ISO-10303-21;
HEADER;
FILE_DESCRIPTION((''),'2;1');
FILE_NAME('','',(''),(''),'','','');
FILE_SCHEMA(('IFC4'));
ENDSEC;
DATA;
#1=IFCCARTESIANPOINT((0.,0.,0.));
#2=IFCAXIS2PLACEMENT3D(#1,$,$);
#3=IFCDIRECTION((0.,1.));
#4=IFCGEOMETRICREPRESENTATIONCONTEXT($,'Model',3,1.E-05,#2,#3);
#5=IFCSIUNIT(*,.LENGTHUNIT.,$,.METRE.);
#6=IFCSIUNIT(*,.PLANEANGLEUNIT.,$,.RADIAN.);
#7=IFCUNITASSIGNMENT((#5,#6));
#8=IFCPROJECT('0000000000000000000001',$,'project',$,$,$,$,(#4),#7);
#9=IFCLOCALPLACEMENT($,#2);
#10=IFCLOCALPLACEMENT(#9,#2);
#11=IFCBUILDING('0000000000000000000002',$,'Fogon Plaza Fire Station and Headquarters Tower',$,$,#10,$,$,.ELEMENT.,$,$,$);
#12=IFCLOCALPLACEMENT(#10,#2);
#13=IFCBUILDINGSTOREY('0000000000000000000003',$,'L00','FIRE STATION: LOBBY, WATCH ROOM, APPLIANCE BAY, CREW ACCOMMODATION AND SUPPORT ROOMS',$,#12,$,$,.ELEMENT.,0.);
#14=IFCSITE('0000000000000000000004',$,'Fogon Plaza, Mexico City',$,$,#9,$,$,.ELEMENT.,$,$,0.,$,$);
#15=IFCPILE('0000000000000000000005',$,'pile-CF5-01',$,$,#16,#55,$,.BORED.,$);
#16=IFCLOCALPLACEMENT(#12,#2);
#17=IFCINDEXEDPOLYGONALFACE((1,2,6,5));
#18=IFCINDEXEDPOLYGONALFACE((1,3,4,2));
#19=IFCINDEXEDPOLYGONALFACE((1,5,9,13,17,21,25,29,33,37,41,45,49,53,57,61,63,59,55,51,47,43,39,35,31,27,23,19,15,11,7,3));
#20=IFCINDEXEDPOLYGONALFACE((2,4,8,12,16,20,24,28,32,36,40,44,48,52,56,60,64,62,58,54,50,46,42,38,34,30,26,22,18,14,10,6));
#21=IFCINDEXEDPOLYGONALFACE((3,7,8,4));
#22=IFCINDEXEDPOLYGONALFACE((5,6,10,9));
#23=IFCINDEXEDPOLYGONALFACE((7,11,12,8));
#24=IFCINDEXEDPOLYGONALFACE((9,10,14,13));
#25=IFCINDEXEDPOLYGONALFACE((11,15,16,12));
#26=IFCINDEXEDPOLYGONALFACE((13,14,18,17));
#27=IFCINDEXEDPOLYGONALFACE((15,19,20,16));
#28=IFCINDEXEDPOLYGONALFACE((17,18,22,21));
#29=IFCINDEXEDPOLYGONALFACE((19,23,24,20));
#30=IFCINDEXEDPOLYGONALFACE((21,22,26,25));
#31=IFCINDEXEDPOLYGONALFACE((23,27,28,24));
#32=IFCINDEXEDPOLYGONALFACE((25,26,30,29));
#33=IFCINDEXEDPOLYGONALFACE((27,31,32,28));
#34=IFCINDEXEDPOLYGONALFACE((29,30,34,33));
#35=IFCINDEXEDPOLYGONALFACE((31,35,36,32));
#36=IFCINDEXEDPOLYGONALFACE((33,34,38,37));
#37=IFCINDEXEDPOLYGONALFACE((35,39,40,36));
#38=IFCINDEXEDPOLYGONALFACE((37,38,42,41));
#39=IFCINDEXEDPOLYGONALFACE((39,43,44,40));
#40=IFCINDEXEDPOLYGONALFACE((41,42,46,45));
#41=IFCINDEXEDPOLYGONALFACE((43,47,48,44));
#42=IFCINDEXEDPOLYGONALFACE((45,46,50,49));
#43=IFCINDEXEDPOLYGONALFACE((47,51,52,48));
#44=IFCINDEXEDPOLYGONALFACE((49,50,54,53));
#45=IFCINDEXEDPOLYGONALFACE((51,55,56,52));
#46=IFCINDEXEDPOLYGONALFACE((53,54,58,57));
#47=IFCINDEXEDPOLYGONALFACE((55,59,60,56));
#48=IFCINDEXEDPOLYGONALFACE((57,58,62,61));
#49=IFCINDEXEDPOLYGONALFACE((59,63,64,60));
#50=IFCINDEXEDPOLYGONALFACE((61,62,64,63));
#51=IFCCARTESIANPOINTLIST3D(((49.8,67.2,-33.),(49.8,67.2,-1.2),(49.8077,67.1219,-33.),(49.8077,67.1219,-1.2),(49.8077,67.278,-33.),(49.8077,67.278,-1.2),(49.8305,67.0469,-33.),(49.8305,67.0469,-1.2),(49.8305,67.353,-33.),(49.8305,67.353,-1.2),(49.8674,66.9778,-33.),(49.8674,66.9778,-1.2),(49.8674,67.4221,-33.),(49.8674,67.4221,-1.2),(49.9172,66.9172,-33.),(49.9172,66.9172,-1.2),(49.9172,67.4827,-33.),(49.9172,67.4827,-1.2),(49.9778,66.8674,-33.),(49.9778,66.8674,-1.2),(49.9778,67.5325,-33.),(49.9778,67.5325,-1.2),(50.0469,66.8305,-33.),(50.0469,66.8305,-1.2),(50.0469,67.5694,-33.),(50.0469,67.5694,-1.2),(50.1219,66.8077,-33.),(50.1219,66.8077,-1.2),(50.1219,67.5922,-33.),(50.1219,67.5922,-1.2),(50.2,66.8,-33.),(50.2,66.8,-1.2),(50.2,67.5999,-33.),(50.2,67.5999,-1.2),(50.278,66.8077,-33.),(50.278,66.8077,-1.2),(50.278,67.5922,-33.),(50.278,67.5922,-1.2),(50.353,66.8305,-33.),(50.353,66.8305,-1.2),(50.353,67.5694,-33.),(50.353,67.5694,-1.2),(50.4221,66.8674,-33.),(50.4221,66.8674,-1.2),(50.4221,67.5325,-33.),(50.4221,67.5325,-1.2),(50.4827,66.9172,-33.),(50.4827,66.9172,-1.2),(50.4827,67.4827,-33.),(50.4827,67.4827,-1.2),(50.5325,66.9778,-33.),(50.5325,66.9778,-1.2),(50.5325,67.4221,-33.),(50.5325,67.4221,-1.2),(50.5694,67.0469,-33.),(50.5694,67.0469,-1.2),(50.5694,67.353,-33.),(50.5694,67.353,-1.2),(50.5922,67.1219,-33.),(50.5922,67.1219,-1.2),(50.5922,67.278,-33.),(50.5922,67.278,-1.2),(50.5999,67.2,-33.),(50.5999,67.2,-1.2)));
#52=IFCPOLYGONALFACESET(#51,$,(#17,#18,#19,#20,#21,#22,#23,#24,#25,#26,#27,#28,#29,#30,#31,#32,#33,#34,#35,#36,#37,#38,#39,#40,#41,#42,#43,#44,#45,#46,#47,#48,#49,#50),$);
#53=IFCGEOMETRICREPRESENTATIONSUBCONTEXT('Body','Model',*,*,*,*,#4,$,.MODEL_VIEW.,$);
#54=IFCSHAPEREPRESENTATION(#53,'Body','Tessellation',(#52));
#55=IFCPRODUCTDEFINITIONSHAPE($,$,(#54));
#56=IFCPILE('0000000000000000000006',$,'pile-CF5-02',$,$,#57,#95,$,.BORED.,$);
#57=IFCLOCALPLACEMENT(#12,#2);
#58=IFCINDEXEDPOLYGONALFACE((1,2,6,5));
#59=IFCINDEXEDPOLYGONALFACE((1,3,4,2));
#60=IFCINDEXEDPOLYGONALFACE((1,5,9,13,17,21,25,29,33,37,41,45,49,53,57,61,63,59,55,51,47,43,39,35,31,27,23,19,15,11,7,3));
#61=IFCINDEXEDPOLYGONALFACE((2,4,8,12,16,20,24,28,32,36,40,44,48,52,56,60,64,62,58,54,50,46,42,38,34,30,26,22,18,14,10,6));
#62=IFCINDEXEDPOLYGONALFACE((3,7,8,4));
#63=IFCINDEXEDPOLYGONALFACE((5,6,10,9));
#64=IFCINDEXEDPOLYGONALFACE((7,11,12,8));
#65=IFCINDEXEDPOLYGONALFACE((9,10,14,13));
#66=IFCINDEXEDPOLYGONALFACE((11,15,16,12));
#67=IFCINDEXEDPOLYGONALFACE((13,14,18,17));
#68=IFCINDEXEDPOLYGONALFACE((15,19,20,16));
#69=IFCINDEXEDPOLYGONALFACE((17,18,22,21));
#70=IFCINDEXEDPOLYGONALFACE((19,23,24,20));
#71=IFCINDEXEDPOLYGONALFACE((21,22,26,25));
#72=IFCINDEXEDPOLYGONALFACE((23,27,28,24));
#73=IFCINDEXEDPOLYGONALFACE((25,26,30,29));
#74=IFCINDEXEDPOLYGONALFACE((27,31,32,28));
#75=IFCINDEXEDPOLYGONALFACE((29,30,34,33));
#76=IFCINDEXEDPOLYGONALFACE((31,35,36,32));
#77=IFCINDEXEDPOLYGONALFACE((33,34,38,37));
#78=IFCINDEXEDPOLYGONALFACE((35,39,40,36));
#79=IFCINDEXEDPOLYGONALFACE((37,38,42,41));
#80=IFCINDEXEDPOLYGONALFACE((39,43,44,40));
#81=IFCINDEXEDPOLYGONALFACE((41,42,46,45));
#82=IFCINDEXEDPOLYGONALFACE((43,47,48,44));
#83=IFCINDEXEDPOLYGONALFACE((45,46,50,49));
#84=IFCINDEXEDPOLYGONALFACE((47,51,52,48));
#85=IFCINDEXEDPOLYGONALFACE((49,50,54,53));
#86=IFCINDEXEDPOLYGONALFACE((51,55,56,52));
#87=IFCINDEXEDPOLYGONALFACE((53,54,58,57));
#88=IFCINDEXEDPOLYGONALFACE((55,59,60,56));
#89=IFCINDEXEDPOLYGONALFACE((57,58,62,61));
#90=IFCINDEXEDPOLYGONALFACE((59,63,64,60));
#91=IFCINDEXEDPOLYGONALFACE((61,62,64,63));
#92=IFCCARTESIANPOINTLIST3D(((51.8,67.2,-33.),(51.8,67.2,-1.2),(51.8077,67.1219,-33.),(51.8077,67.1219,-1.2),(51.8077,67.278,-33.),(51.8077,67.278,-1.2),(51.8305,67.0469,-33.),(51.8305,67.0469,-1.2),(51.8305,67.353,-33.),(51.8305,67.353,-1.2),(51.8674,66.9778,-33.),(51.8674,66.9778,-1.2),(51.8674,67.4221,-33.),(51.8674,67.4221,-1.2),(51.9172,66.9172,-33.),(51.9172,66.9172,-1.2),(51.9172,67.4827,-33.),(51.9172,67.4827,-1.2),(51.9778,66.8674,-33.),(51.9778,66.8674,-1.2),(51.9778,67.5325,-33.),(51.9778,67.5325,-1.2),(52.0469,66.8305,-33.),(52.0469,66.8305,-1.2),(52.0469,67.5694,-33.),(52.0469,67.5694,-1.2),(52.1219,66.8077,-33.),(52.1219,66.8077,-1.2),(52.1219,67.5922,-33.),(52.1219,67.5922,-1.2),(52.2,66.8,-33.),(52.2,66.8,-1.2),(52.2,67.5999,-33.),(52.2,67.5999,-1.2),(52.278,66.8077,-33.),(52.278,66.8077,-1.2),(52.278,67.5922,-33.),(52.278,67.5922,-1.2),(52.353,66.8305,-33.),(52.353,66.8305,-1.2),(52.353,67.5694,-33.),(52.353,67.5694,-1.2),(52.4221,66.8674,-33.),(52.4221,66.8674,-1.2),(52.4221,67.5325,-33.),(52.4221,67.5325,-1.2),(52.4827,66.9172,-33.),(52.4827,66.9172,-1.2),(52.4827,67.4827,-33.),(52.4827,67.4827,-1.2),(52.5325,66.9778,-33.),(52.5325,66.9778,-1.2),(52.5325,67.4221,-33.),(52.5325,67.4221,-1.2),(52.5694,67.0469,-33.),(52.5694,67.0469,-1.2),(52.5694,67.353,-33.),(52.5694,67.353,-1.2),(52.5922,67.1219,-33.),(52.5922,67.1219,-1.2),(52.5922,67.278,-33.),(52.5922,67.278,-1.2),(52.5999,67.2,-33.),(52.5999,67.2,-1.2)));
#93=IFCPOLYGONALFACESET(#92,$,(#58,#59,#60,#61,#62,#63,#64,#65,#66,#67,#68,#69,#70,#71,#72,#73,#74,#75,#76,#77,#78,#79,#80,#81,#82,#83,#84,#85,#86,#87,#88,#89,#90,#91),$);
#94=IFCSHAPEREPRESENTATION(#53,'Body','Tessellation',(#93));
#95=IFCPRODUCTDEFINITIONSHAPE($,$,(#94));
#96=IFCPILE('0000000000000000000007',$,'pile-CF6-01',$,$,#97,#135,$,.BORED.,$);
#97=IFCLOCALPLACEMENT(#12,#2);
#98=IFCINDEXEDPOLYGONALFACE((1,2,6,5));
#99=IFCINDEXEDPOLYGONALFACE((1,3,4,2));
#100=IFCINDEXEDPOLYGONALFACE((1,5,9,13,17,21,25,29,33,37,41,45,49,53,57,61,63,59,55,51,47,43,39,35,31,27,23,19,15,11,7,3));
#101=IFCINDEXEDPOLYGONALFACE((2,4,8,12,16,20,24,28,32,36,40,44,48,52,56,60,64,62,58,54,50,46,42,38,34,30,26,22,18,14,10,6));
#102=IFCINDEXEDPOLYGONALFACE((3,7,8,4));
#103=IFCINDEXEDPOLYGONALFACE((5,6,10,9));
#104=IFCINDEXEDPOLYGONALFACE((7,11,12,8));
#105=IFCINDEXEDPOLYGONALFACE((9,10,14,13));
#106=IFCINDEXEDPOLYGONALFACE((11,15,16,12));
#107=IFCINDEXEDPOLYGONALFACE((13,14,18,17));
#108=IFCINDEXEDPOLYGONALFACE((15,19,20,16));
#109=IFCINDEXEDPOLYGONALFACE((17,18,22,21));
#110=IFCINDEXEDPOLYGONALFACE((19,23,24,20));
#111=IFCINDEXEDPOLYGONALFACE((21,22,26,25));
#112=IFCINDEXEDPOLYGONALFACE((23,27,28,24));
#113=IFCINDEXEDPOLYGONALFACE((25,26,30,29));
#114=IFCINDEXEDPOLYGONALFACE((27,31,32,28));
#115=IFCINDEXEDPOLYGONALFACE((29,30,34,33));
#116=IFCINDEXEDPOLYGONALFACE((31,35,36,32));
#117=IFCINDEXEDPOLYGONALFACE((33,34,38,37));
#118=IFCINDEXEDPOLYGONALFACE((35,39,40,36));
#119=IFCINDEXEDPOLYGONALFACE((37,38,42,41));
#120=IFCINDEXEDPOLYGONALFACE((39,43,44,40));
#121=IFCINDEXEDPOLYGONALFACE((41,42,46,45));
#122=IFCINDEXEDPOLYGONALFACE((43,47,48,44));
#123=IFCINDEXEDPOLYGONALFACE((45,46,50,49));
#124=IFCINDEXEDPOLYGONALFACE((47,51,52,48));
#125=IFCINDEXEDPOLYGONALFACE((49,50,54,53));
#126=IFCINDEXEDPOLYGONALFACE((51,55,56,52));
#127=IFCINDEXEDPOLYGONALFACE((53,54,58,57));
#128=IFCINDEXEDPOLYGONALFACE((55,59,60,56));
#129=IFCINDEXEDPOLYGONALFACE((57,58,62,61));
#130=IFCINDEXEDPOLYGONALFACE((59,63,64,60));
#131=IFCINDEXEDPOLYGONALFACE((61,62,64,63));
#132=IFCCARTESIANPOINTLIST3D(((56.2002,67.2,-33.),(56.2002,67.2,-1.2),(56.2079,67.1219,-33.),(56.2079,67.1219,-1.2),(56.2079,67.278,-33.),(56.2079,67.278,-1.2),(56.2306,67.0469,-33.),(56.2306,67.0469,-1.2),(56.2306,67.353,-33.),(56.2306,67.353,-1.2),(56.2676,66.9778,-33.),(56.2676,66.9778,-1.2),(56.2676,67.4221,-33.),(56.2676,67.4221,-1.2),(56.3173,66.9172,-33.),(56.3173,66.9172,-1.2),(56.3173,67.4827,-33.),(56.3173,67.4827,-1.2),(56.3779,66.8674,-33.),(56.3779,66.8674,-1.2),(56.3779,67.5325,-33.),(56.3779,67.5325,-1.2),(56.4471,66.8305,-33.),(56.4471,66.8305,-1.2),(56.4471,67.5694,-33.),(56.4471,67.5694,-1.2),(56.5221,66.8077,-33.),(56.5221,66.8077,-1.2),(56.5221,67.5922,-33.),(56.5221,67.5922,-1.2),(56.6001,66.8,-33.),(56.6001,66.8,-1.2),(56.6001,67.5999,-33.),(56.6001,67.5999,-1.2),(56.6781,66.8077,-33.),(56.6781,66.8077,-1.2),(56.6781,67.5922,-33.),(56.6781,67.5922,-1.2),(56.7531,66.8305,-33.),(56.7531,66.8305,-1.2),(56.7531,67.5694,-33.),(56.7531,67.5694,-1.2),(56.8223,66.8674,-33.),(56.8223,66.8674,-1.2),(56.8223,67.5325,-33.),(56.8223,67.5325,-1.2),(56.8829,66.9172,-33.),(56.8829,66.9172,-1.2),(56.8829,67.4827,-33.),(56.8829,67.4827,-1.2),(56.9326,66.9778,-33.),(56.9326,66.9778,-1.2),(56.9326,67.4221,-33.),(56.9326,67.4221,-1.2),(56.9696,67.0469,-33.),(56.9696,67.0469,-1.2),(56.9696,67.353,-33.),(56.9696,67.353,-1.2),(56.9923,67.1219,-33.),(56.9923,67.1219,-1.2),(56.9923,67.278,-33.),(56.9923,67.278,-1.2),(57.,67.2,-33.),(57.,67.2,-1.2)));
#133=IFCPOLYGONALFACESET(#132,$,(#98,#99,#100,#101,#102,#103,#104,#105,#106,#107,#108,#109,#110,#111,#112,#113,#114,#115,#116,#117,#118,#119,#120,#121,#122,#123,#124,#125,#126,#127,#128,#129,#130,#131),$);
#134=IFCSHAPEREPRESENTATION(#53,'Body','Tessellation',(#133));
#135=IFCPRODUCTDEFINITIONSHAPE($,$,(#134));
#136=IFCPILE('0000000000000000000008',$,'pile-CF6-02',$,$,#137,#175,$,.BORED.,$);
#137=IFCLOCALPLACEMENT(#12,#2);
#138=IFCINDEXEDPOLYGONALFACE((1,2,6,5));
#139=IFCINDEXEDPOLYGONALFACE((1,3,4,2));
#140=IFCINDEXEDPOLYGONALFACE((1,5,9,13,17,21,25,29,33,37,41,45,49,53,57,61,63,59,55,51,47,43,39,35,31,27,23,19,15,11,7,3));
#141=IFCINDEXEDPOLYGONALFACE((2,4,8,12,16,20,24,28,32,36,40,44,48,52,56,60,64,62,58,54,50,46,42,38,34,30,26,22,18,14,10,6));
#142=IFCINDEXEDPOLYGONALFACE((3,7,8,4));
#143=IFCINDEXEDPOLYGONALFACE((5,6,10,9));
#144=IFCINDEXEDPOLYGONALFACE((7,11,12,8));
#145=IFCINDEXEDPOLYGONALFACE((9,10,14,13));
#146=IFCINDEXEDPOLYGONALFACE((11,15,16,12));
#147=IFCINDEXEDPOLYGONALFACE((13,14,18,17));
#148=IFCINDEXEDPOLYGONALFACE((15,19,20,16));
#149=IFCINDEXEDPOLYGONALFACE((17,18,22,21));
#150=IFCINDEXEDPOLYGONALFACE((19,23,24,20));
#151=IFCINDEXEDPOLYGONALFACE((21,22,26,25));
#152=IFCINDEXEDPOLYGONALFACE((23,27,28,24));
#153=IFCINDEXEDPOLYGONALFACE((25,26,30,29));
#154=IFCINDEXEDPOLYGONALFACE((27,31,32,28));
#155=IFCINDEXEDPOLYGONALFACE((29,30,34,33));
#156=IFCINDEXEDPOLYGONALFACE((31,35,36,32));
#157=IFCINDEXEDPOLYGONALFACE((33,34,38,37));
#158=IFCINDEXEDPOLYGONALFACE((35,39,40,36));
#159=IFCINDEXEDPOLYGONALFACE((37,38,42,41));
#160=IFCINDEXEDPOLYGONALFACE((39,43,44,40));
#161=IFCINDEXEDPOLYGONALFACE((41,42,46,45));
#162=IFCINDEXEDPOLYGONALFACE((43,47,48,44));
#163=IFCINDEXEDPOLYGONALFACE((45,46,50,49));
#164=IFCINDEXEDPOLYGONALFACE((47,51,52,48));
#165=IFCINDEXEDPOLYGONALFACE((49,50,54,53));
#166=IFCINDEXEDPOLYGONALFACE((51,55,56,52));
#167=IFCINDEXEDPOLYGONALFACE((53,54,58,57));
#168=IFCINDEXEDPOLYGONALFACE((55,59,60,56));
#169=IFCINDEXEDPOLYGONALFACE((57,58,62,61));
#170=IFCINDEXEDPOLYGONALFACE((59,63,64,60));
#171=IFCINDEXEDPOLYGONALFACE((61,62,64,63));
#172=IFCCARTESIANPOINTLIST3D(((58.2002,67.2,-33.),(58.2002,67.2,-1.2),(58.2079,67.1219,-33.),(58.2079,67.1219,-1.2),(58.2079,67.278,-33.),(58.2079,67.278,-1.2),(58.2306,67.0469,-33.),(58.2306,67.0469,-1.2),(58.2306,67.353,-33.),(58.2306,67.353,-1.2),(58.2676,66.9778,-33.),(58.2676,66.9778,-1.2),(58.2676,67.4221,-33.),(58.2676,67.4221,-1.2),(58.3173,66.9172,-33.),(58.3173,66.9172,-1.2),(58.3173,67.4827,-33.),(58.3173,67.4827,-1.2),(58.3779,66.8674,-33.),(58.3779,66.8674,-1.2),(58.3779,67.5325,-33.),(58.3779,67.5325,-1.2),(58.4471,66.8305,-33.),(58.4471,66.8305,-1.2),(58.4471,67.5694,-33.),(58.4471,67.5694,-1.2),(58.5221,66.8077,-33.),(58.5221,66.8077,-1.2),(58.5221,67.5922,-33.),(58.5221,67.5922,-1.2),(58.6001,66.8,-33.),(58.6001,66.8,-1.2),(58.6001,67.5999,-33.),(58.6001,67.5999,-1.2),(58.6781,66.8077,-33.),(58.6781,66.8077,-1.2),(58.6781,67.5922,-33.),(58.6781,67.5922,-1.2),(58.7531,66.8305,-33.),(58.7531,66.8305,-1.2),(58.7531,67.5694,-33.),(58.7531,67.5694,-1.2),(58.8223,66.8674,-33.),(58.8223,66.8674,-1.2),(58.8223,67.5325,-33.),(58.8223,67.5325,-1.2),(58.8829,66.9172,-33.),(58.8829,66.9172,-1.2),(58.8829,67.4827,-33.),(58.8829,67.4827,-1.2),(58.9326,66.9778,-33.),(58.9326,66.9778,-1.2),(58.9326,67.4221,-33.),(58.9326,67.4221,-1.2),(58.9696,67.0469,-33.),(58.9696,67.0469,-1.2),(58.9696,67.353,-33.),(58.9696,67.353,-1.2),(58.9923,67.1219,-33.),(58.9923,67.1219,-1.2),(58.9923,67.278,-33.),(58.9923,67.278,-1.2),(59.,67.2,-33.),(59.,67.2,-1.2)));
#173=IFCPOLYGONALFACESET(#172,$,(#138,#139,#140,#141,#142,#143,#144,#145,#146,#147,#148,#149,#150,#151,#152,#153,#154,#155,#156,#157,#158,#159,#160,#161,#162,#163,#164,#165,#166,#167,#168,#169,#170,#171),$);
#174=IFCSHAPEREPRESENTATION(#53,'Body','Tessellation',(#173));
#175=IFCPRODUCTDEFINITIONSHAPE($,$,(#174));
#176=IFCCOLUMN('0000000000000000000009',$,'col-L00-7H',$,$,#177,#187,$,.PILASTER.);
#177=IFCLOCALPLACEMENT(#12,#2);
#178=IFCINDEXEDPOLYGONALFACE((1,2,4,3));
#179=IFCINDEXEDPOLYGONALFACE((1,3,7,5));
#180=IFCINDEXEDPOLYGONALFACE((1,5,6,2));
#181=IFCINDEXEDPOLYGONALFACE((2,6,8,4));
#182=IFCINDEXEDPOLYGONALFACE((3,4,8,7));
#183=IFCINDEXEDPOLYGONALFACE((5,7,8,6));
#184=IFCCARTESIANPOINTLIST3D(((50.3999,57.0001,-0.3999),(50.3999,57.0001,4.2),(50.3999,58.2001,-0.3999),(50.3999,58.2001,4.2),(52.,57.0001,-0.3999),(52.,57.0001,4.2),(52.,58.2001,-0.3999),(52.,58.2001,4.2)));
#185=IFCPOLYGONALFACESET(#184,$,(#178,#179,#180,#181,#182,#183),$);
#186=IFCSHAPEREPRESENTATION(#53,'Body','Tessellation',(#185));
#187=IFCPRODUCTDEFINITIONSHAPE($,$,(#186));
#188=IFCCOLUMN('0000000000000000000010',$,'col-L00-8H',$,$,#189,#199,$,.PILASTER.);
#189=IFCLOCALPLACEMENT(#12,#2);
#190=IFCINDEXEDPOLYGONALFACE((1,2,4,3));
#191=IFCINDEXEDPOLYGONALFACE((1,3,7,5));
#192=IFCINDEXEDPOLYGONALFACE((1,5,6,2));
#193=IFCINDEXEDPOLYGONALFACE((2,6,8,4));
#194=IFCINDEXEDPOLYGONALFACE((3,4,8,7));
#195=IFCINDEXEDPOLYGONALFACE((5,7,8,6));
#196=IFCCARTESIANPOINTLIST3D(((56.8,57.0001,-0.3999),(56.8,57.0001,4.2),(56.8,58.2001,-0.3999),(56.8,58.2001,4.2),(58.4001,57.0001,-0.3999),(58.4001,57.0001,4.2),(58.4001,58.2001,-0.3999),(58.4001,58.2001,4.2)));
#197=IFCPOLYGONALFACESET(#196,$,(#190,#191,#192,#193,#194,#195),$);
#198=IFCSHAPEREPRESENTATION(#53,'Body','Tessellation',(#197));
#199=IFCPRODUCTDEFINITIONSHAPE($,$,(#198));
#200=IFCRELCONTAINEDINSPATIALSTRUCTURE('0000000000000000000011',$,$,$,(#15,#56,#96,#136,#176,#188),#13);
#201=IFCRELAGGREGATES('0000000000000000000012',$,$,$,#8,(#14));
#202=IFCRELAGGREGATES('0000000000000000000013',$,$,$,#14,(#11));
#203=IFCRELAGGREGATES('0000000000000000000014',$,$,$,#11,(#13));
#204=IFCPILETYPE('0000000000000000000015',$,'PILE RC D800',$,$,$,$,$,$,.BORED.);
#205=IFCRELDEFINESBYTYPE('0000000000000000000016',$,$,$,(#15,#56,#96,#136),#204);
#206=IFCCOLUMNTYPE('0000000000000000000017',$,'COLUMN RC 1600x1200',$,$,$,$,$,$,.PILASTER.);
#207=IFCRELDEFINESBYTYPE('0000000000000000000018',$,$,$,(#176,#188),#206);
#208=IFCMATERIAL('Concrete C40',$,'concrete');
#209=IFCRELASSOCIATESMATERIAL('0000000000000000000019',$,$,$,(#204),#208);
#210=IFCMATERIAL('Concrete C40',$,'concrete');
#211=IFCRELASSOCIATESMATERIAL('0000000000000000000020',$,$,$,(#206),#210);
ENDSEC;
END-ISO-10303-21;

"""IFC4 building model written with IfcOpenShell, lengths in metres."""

from ifc_helpers import new_model, si_unit, direction, frame, origin, origin_2d, place, context, subcontext, project, spatial, rectangle, circle, extrude, material, material_profile, profile_set, type_object, element, save


model = new_model("IFC4")

# Units and contexts
model_context = context("Model", 3, precision=1e-05, world=origin(), true_north=direction((0.0, 1.0)))
body_context = subcontext(model_context, "Body", "Model", "MODEL_VIEW")
ifc_project = project(units=[si_unit("LENGTHUNIT", "METRE"), si_unit("PLANEANGLEUNIT", "RADIAN")], contexts=[model_context])

# Site, building, storey
site_placement = place(None, origin())
site = spatial("IfcSite", under=ifc_project, at=site_placement, Name="Fogon Plaza, Mexico City", CompositionType="ELEMENT", RefElevation=0.0)
building_placement = place(site_placement, origin())
building = spatial("IfcBuilding", under=site, at=building_placement, Name="Fogon Plaza Fire Station and Headquarters Tower", CompositionType="ELEMENT")
storey_placement = place(building_placement, origin())
storey = spatial("IfcBuildingStorey", under=building, at=storey_placement, Name="L00", Description="FIRE STATION: LOBBY, WATCH ROOM, APPLIANCE BAY, CREW ACCOMMODATION AND SUPPORT ROOMS", CompositionType="ELEMENT", Elevation=0.0)

# Piles
ifc_material_1 = material(Name="Concrete C40", Category="concrete")
ifc_material_profile_1 = material_profile(ifc_material_1, circle(Radius=0.3999, at=origin_2d()), Name="RC D800")
ifc_profile_set_1 = profile_set([ifc_material_profile_1], Name="Concrete C40")
pile_type_1 = type_object("IfcPileType", Name="PILE RC D800", PredefinedType="BORED", material=ifc_profile_set_1)
for number, where, z_axis, x_axis, name in (
    (1, (50.2, 67.2, -1.2), (0.0, 0.0, -1.0), (1.0, 0.0, 0.0), "pile-CF5-01"),
    (2, (52.2, 67.2, -1.2), (0.0, 0.0, -1.0), (1.0, 0.0, 0.0), "pile-CF5-02"),
    (3, (56.6001, 67.2, -1.2), (0.0, 0.0, -1.0), (1.0, 0.0, 0.0), "pile-CF6-01"),
    (4, (58.6001, 67.2, -1.2), (0.0, 0.0, -1.0), (1.0, 0.0, 0.0), "pile-CF6-02"),
):
    element("IfcPile", number, at=place(storey_placement, frame(where, z_axis=z_axis, x_axis=x_axis)), inside=storey, type_object=pile_type_1, Name=name, PredefinedType="BORED", context=body_context, shape_type="SweptSolid", body=[
        extrude(circle(Radius=0.3999, at=origin_2d()), origin(), (0.0, 0.0, 1.0), 31.8),
    ])

# Columns
ifc_material_2 = material(Name="Concrete C40", Category="concrete")
ifc_material_profile_2 = material_profile(ifc_material_2, rectangle(XDim=1.6001, YDim=1.2, at=origin_2d()), Name="RC 1600x1200")
ifc_profile_set_2 = profile_set([ifc_material_profile_2], Name="Concrete C40")
column_type_1 = type_object("IfcColumnType", Name="COLUMN RC 1600x1200", PredefinedType="PILASTER", material=ifc_profile_set_2)
for number, where, z_axis, x_axis, name in (
    (5, (51.2, 57.6001, -0.3999), (0.0, 0.0, 1.0), (1.0, 0.0, 0.0), "col-L00-7H"),
    (6, (57.6001, 57.6001, -0.3999), (0.0, 0.0, 1.0), (1.0, 0.0, 0.0), "col-L00-8H"),
):
    element("IfcColumn", number, at=place(storey_placement, frame(where, z_axis=z_axis, x_axis=x_axis)), inside=storey, type_object=column_type_1, Name=name, PredefinedType="PILASTER", context=body_context, shape_type="SweptSolid", body=[
        extrude(rectangle(XDim=1.6001, YDim=1.2, at=origin_2d()), origin(), (0.0, 0.0, 1.0), 4.5999),
    ])

save(model, "model.ifc")
